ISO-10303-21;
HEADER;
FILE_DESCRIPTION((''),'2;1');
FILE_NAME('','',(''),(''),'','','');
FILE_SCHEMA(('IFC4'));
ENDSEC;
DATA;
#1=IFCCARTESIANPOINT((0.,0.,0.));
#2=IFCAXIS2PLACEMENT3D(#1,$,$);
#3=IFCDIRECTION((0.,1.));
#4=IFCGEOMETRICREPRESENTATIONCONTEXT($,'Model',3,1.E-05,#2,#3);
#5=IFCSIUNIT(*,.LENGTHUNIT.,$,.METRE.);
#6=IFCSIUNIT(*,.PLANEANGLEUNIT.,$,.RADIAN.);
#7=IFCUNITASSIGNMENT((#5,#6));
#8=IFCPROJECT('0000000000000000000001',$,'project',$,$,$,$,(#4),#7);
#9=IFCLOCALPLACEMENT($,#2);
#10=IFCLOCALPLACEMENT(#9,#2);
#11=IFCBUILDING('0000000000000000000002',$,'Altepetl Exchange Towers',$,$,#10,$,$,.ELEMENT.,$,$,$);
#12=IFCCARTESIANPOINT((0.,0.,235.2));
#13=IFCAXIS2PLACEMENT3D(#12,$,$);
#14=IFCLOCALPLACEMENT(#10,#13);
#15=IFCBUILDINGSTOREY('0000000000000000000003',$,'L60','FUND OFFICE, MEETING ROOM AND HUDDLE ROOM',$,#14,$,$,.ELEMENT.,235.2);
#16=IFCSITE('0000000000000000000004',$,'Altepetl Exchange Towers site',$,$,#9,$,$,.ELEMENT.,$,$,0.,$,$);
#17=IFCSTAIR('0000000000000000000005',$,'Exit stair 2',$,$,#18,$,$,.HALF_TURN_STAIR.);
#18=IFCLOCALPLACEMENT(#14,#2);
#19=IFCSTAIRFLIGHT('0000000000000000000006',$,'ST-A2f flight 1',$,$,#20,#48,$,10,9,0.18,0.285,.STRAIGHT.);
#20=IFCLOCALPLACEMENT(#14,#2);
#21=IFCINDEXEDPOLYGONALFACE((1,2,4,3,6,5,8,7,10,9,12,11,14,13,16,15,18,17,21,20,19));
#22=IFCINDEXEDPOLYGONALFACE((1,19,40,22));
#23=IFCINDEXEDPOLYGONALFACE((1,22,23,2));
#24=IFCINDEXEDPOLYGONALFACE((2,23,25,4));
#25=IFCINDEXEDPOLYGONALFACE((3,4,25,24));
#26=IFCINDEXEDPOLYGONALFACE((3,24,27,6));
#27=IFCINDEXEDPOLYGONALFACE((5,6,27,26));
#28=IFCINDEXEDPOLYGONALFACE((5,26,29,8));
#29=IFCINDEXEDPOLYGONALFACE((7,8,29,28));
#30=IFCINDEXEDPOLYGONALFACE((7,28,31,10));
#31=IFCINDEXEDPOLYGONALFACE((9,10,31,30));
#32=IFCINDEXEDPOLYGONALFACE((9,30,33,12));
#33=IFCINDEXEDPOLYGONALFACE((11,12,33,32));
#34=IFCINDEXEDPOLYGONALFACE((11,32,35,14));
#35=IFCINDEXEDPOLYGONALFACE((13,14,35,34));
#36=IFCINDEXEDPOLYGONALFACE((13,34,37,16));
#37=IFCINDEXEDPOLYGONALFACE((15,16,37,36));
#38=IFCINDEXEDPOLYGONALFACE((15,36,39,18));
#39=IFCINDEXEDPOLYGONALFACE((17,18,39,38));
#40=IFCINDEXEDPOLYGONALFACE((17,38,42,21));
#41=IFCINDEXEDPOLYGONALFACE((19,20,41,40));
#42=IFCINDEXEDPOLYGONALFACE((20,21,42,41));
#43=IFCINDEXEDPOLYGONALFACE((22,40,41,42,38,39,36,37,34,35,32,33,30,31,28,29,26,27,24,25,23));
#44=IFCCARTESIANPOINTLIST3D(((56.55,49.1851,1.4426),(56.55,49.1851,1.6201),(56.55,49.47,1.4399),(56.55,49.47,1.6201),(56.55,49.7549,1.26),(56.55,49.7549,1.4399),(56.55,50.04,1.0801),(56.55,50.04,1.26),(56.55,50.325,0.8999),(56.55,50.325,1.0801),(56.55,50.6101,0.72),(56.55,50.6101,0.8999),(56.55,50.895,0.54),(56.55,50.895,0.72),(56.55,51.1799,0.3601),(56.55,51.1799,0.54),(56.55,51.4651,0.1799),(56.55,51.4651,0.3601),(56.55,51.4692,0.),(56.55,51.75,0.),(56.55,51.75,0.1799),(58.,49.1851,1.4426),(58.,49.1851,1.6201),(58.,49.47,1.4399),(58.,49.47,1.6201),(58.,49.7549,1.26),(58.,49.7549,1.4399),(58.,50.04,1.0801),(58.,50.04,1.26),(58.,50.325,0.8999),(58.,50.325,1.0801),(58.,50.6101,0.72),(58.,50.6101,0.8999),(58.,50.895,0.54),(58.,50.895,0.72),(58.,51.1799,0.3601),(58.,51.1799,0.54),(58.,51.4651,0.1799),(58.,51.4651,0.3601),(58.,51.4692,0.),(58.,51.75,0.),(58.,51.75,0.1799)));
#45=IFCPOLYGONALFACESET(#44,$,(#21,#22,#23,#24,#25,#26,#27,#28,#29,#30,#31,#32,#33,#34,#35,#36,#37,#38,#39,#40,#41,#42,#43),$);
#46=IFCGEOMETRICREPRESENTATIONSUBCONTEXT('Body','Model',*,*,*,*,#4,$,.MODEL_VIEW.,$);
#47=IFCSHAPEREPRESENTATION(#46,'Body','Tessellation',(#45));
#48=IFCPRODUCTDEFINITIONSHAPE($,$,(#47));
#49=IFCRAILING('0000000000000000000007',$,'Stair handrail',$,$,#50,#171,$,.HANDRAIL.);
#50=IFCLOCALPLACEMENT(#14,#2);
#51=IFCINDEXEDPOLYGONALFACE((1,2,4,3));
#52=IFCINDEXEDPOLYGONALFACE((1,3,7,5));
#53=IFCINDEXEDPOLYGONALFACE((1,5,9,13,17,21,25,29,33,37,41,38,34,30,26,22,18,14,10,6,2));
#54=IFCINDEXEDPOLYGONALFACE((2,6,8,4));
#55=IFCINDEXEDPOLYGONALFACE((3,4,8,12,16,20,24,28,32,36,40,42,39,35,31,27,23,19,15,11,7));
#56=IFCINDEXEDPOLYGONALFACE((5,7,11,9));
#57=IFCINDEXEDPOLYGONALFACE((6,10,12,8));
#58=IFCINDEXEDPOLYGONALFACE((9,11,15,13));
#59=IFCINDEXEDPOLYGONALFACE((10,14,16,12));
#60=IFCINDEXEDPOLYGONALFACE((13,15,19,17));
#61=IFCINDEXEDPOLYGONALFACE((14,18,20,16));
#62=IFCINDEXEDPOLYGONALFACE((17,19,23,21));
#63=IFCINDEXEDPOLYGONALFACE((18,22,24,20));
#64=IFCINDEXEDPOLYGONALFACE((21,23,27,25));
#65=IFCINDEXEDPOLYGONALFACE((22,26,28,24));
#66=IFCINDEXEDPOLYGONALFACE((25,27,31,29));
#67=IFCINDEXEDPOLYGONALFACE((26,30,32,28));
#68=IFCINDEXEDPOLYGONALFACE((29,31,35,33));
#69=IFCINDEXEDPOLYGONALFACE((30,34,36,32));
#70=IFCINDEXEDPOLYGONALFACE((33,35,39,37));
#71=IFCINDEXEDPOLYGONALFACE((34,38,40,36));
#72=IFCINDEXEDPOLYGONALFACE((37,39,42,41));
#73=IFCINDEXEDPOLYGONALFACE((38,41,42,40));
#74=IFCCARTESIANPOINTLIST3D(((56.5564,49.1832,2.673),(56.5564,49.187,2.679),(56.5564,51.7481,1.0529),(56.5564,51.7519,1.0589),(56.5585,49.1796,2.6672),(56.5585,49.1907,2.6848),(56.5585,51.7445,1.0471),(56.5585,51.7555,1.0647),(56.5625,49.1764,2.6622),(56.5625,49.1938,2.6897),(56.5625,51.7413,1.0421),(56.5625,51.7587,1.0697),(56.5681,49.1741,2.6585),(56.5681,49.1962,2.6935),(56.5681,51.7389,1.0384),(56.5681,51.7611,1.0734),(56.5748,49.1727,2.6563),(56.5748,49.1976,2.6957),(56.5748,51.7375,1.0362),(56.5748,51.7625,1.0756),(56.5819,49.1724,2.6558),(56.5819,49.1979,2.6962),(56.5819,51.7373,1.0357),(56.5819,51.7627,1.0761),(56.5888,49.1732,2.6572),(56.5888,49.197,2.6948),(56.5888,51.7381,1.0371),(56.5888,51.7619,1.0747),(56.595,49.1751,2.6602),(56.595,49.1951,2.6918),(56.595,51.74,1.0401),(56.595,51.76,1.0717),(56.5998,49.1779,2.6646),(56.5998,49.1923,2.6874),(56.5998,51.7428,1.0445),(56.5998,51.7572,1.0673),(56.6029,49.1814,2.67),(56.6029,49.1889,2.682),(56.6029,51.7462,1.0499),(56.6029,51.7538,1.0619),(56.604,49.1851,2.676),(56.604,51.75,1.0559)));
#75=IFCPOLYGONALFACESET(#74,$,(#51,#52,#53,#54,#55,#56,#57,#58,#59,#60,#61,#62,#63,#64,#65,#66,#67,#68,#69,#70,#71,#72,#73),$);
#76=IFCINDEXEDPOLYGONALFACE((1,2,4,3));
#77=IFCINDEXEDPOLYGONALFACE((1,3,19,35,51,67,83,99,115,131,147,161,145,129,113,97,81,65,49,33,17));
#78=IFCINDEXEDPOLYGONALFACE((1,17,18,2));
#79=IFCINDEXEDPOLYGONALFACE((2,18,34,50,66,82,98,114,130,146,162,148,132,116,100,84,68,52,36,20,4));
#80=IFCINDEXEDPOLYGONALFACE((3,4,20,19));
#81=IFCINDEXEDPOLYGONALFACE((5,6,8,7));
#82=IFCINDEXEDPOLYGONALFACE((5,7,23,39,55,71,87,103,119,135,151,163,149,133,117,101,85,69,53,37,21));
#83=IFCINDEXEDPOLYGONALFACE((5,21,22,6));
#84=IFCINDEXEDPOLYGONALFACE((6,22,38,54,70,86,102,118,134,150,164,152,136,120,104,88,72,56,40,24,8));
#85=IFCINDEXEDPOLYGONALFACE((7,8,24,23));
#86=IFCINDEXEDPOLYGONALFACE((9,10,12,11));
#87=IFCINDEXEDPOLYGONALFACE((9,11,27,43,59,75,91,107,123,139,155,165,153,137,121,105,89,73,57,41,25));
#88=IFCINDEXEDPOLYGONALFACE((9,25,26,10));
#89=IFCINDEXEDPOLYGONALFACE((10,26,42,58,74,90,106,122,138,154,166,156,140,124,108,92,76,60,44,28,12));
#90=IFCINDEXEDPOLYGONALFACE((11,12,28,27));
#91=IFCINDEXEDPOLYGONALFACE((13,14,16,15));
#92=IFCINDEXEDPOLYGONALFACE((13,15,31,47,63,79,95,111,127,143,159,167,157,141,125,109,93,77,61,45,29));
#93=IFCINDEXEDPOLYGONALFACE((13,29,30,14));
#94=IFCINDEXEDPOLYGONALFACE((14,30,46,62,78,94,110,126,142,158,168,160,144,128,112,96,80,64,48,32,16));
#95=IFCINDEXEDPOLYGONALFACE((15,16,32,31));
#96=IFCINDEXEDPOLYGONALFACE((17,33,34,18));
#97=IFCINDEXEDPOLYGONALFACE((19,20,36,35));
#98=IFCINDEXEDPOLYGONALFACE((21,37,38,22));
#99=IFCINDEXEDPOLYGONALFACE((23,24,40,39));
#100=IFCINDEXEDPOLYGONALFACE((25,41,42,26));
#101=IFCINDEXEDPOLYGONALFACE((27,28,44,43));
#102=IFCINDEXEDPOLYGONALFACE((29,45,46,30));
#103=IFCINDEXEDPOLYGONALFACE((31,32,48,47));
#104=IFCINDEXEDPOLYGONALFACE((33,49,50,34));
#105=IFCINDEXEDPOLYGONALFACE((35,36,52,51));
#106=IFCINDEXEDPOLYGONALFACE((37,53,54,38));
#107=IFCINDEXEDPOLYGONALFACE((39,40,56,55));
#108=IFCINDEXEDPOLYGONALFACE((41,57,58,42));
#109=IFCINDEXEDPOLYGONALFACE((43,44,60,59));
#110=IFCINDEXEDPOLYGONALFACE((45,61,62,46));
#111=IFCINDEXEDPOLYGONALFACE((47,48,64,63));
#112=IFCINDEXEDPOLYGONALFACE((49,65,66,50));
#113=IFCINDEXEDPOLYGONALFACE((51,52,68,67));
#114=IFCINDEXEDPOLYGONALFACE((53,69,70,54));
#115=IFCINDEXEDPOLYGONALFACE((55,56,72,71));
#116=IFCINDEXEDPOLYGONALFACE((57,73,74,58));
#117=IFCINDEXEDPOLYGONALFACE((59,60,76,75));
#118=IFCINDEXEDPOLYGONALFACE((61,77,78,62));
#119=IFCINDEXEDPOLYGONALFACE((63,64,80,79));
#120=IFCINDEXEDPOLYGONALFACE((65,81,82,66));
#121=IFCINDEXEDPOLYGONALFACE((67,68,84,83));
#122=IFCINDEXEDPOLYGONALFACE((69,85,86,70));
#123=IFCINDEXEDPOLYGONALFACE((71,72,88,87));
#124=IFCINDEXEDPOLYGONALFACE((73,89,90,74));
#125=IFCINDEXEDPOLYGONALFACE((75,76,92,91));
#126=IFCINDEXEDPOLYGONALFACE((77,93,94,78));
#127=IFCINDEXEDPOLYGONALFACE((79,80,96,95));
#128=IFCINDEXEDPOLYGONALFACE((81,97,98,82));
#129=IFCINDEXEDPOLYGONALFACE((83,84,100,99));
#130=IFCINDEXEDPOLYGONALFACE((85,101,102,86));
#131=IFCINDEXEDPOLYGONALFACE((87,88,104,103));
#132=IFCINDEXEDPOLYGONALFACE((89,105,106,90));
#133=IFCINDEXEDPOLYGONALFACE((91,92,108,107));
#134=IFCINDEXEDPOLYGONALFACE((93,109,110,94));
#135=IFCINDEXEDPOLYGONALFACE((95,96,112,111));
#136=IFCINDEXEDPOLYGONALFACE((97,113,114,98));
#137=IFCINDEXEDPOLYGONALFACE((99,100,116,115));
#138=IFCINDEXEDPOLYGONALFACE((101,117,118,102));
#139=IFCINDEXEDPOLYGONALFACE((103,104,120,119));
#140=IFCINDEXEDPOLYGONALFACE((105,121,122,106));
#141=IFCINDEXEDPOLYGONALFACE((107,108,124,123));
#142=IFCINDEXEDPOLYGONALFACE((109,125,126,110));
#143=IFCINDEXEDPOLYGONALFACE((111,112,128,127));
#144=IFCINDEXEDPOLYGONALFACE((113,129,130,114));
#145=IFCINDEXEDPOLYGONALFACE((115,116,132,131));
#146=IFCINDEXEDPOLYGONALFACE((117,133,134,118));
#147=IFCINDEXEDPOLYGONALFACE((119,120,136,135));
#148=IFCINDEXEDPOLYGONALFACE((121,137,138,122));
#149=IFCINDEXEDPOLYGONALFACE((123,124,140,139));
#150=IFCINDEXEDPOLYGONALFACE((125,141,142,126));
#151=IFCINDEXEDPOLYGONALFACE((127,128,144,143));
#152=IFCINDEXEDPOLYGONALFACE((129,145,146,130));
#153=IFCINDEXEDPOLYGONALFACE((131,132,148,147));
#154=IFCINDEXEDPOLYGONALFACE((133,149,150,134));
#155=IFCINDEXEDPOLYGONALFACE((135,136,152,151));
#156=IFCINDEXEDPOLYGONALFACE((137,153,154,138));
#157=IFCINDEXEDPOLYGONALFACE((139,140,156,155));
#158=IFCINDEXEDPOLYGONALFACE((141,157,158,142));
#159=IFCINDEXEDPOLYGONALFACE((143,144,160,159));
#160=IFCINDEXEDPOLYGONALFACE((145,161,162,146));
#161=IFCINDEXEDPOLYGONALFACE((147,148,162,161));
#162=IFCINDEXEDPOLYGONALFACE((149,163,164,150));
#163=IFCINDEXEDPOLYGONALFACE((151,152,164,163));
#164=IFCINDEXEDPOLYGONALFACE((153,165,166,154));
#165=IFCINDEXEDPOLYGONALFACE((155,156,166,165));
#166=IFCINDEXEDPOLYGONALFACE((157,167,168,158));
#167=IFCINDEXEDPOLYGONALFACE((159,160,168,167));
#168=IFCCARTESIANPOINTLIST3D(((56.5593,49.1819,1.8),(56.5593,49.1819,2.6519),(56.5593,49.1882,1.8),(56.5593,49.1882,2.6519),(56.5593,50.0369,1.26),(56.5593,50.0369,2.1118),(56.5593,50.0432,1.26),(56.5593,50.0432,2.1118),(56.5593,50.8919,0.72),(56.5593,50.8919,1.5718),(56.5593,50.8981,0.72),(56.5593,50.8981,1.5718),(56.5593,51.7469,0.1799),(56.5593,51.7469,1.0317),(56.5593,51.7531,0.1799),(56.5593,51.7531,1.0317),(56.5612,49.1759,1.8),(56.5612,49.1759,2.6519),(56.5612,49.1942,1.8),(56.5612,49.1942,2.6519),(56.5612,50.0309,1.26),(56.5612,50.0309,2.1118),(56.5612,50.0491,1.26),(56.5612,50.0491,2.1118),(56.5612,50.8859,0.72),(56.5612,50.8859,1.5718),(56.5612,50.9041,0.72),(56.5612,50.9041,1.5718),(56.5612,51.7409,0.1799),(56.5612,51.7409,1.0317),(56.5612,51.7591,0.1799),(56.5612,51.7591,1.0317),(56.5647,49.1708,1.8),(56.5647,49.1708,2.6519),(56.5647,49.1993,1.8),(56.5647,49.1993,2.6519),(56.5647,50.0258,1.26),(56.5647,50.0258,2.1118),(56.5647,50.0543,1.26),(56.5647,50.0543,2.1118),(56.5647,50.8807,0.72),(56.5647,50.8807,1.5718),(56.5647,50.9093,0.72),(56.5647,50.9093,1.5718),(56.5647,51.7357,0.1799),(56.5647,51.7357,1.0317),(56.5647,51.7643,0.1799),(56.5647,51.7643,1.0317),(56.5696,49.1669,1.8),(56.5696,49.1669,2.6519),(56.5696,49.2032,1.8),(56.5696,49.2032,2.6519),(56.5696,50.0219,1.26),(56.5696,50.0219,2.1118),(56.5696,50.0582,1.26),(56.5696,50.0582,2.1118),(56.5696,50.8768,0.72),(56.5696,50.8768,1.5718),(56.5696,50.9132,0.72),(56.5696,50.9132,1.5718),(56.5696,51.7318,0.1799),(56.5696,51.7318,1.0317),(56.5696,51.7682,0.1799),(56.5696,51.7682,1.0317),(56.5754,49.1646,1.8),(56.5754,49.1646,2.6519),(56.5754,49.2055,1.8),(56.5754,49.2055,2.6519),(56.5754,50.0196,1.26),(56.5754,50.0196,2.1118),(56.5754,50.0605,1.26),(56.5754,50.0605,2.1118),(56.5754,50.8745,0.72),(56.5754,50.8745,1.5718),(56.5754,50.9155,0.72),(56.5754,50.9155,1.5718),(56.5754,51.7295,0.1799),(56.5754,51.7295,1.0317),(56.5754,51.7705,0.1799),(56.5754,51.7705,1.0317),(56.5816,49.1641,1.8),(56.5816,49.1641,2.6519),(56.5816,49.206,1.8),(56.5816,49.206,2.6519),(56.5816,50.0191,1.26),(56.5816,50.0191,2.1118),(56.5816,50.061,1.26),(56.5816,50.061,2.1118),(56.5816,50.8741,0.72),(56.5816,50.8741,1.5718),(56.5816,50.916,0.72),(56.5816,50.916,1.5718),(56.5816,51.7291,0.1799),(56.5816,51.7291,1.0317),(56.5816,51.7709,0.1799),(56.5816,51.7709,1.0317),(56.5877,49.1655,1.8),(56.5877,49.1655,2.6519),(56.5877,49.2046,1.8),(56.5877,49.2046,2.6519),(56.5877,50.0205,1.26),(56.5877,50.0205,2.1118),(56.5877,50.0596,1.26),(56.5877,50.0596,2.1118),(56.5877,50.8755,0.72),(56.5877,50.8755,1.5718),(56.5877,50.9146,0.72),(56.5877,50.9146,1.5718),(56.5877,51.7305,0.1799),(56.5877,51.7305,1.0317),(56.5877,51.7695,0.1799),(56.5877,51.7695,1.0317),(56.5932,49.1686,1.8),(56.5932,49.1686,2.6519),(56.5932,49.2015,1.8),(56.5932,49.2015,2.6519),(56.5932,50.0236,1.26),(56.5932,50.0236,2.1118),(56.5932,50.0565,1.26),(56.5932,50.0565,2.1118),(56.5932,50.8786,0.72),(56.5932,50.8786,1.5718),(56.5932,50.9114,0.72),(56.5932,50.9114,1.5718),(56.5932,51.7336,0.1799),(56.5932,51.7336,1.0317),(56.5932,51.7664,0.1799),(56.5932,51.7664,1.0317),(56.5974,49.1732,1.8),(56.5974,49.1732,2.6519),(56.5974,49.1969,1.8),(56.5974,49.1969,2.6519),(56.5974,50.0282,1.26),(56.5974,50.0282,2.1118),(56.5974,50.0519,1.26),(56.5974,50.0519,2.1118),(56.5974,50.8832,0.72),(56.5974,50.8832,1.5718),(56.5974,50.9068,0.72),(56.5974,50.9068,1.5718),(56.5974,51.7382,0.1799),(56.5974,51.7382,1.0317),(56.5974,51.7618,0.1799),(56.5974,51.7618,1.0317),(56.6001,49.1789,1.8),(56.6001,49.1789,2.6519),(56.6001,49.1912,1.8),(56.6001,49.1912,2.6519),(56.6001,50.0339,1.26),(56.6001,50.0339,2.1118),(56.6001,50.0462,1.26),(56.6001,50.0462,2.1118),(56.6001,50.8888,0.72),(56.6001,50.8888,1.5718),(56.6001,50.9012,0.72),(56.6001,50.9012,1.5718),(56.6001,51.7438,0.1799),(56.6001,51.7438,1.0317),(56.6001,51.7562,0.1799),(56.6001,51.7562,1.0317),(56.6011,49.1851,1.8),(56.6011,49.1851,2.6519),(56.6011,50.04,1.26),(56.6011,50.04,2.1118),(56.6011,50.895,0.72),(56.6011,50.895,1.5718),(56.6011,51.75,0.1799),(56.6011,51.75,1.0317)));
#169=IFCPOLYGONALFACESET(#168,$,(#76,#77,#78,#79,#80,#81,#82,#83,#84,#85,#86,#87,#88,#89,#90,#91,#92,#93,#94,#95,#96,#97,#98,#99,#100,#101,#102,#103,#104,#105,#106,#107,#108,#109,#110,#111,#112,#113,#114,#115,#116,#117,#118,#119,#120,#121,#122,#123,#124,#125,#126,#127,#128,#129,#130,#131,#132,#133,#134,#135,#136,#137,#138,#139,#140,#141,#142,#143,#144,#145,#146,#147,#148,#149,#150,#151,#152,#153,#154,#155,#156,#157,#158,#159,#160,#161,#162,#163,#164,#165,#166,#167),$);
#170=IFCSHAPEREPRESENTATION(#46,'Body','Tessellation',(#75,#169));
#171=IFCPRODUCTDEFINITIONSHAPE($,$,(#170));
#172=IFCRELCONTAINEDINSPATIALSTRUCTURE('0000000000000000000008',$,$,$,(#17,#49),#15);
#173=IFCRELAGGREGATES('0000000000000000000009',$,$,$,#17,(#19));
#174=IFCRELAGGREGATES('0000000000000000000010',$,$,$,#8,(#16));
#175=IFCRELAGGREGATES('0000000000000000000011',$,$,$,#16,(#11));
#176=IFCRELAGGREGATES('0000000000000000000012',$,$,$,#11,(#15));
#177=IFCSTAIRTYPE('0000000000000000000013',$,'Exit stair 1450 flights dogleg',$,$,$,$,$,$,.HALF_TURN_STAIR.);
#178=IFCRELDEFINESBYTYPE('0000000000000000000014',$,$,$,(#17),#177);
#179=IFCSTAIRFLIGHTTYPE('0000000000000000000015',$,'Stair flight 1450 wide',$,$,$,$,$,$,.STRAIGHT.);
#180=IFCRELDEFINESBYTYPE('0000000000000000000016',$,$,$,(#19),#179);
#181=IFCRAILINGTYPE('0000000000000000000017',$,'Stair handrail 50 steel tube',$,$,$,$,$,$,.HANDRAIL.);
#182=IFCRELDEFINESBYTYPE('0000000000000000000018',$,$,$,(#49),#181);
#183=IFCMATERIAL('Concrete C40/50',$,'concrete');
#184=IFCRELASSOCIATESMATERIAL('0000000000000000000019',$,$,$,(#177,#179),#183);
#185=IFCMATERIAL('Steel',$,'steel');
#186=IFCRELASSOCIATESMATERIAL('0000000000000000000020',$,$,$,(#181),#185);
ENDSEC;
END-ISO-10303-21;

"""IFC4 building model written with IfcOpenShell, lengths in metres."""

from ifc_helpers import new_model, si_unit, direction, frame, origin, origin_2d, place, context, subcontext, project, spatial, polyline, circle, outline, extrude, source, transform, mapped, material, type_object, element, aggregate, save


model = new_model("IFC4")

# Units and contexts
model_context = context("Model", 3, precision=1e-05, world=origin(), true_north=direction((0.0, 1.0)))
body_context = subcontext(model_context, "Body", "Model", "MODEL_VIEW")
ifc_project = project(units=[si_unit("LENGTHUNIT", "METRE"), si_unit("PLANEANGLEUNIT", "RADIAN")], contexts=[model_context])

# Site, building, storey
site_placement = place(None, origin())
site = spatial("IfcSite", under=ifc_project, at=site_placement, Name="Altepetl Exchange Towers site", CompositionType="ELEMENT", RefElevation=0.0)
building_placement = place(site_placement, origin())
building = spatial("IfcBuilding", under=site, at=building_placement, Name="Altepetl Exchange Towers", CompositionType="ELEMENT")
storey_placement = place(building_placement, frame((0.0, 0.0, 235.2)))
storey = spatial("IfcBuildingStorey", under=building, at=storey_placement, Name="L60", Description="FUND OFFICE, MEETING ROOM AND HUDDLE ROOM", CompositionType="ELEMENT", Elevation=235.2)

# Shared definitions
ifc_material_1 = material(Name="Concrete C40/50", Category="concrete")

# Stair, stair flight
stair_type = type_object("IfcStairType", Name="Exit stair 1450 flights dogleg", PredefinedType="HALF_TURN_STAIR", material=ifc_material_1)
stair_placement = place(storey_placement, origin())
stair = element("IfcStair", 1, at=stair_placement, inside=storey, type_object=stair_type, Name="Exit stair 2", PredefinedType="HALF_TURN_STAIR")
stair_flight_type = type_object("IfcStairFlightType", Name="Stair flight 1450 wide", PredefinedType="STRAIGHT", material=ifc_material_1)
stair_flight_placement = place(storey_placement, frame((57.2749, 51.75, 0.0), z_axis=(0.0, 0.0, 1.0), x_axis=(0.0, -1.0, 0.0)))
stair_flight = element("IfcStairFlight", 2, at=stair_flight_placement, type_object=stair_flight_type, Name="ST-A2f flight 1", NumberOfRisers=10, NumberOfTreads=9, PredefinedType="STRAIGHT", RiserHeight=0.18, TreadLength=0.285, context=body_context, shape_type="SweptSolid", body=[
    extrude(outline(polyline([(0.0, 0.0), (0.0, 0.1799), (0.2849, 0.1799), (0.2849, 0.3601), (0.5701, 0.3601), (0.5701, 0.54), (0.855, 0.54), (0.855, 0.72), (1.1399, 0.72), (1.1399, 0.8999), (1.425, 0.8999), (1.425, 1.0801), (1.71, 1.0801), (1.71, 1.26), (1.9951, 1.26), (1.9951, 1.4399), (2.28, 1.4399), (2.28, 1.6201), (2.5649, 1.6201), (2.5649, 1.8), (2.5649, 1.4426), (0.2808, 0.0), (0.0, 0.0)])), frame((0.0, 0.7251, 0.0), z_axis=(0.0, -1.0, 0.0), x_axis=(1.0, 0.0, 0.0)), (0.0, 0.0, 1.0), 1.45),
])
aggregate(stair, [stair_flight])

# Railing
ifc_material_2 = material(Name="Steel", Category="steel")
railing_type = type_object("IfcRailingType", Name="Stair handrail 50 steel tube", PredefinedType="HANDRAIL", material=ifc_material_2)
shared_shape = source(origin(), body_context, "Body", "SweptSolid", [
    extrude(circle(Radius=0.021, at=origin_2d()), origin(), (0.0, 0.0, 1.0), 0.8518),
])
railing_placement = place(storey_placement, frame((56.5801, 51.75, 0.1799)))
element("IfcRailing", 3, at=railing_placement, inside=storey, type_object=railing_type, Name="Stair handrail", PredefinedType="HANDRAIL", context=body_context, shape_type="SweptSolid", body=[
    extrude(circle(Radius=0.0239, at=origin_2d()), frame((0.0, 0.0, 0.876), z_axis=(0.0, -0.845466, 0.534029), x_axis=(1.0, 0.0, 0.0)), (0.0, 0.0, 1.0), 3.0337),
    mapped(shared_shape, transform((0.0, 0.0, 0.0))),
    mapped(shared_shape, transform((0.0, -0.855, 0.54))),
    mapped(shared_shape, transform((0.0, -1.71, 1.0801))),
    mapped(shared_shape, transform((0.0, -2.5649, 1.6201))),
])

save(model, "model.ifc")
